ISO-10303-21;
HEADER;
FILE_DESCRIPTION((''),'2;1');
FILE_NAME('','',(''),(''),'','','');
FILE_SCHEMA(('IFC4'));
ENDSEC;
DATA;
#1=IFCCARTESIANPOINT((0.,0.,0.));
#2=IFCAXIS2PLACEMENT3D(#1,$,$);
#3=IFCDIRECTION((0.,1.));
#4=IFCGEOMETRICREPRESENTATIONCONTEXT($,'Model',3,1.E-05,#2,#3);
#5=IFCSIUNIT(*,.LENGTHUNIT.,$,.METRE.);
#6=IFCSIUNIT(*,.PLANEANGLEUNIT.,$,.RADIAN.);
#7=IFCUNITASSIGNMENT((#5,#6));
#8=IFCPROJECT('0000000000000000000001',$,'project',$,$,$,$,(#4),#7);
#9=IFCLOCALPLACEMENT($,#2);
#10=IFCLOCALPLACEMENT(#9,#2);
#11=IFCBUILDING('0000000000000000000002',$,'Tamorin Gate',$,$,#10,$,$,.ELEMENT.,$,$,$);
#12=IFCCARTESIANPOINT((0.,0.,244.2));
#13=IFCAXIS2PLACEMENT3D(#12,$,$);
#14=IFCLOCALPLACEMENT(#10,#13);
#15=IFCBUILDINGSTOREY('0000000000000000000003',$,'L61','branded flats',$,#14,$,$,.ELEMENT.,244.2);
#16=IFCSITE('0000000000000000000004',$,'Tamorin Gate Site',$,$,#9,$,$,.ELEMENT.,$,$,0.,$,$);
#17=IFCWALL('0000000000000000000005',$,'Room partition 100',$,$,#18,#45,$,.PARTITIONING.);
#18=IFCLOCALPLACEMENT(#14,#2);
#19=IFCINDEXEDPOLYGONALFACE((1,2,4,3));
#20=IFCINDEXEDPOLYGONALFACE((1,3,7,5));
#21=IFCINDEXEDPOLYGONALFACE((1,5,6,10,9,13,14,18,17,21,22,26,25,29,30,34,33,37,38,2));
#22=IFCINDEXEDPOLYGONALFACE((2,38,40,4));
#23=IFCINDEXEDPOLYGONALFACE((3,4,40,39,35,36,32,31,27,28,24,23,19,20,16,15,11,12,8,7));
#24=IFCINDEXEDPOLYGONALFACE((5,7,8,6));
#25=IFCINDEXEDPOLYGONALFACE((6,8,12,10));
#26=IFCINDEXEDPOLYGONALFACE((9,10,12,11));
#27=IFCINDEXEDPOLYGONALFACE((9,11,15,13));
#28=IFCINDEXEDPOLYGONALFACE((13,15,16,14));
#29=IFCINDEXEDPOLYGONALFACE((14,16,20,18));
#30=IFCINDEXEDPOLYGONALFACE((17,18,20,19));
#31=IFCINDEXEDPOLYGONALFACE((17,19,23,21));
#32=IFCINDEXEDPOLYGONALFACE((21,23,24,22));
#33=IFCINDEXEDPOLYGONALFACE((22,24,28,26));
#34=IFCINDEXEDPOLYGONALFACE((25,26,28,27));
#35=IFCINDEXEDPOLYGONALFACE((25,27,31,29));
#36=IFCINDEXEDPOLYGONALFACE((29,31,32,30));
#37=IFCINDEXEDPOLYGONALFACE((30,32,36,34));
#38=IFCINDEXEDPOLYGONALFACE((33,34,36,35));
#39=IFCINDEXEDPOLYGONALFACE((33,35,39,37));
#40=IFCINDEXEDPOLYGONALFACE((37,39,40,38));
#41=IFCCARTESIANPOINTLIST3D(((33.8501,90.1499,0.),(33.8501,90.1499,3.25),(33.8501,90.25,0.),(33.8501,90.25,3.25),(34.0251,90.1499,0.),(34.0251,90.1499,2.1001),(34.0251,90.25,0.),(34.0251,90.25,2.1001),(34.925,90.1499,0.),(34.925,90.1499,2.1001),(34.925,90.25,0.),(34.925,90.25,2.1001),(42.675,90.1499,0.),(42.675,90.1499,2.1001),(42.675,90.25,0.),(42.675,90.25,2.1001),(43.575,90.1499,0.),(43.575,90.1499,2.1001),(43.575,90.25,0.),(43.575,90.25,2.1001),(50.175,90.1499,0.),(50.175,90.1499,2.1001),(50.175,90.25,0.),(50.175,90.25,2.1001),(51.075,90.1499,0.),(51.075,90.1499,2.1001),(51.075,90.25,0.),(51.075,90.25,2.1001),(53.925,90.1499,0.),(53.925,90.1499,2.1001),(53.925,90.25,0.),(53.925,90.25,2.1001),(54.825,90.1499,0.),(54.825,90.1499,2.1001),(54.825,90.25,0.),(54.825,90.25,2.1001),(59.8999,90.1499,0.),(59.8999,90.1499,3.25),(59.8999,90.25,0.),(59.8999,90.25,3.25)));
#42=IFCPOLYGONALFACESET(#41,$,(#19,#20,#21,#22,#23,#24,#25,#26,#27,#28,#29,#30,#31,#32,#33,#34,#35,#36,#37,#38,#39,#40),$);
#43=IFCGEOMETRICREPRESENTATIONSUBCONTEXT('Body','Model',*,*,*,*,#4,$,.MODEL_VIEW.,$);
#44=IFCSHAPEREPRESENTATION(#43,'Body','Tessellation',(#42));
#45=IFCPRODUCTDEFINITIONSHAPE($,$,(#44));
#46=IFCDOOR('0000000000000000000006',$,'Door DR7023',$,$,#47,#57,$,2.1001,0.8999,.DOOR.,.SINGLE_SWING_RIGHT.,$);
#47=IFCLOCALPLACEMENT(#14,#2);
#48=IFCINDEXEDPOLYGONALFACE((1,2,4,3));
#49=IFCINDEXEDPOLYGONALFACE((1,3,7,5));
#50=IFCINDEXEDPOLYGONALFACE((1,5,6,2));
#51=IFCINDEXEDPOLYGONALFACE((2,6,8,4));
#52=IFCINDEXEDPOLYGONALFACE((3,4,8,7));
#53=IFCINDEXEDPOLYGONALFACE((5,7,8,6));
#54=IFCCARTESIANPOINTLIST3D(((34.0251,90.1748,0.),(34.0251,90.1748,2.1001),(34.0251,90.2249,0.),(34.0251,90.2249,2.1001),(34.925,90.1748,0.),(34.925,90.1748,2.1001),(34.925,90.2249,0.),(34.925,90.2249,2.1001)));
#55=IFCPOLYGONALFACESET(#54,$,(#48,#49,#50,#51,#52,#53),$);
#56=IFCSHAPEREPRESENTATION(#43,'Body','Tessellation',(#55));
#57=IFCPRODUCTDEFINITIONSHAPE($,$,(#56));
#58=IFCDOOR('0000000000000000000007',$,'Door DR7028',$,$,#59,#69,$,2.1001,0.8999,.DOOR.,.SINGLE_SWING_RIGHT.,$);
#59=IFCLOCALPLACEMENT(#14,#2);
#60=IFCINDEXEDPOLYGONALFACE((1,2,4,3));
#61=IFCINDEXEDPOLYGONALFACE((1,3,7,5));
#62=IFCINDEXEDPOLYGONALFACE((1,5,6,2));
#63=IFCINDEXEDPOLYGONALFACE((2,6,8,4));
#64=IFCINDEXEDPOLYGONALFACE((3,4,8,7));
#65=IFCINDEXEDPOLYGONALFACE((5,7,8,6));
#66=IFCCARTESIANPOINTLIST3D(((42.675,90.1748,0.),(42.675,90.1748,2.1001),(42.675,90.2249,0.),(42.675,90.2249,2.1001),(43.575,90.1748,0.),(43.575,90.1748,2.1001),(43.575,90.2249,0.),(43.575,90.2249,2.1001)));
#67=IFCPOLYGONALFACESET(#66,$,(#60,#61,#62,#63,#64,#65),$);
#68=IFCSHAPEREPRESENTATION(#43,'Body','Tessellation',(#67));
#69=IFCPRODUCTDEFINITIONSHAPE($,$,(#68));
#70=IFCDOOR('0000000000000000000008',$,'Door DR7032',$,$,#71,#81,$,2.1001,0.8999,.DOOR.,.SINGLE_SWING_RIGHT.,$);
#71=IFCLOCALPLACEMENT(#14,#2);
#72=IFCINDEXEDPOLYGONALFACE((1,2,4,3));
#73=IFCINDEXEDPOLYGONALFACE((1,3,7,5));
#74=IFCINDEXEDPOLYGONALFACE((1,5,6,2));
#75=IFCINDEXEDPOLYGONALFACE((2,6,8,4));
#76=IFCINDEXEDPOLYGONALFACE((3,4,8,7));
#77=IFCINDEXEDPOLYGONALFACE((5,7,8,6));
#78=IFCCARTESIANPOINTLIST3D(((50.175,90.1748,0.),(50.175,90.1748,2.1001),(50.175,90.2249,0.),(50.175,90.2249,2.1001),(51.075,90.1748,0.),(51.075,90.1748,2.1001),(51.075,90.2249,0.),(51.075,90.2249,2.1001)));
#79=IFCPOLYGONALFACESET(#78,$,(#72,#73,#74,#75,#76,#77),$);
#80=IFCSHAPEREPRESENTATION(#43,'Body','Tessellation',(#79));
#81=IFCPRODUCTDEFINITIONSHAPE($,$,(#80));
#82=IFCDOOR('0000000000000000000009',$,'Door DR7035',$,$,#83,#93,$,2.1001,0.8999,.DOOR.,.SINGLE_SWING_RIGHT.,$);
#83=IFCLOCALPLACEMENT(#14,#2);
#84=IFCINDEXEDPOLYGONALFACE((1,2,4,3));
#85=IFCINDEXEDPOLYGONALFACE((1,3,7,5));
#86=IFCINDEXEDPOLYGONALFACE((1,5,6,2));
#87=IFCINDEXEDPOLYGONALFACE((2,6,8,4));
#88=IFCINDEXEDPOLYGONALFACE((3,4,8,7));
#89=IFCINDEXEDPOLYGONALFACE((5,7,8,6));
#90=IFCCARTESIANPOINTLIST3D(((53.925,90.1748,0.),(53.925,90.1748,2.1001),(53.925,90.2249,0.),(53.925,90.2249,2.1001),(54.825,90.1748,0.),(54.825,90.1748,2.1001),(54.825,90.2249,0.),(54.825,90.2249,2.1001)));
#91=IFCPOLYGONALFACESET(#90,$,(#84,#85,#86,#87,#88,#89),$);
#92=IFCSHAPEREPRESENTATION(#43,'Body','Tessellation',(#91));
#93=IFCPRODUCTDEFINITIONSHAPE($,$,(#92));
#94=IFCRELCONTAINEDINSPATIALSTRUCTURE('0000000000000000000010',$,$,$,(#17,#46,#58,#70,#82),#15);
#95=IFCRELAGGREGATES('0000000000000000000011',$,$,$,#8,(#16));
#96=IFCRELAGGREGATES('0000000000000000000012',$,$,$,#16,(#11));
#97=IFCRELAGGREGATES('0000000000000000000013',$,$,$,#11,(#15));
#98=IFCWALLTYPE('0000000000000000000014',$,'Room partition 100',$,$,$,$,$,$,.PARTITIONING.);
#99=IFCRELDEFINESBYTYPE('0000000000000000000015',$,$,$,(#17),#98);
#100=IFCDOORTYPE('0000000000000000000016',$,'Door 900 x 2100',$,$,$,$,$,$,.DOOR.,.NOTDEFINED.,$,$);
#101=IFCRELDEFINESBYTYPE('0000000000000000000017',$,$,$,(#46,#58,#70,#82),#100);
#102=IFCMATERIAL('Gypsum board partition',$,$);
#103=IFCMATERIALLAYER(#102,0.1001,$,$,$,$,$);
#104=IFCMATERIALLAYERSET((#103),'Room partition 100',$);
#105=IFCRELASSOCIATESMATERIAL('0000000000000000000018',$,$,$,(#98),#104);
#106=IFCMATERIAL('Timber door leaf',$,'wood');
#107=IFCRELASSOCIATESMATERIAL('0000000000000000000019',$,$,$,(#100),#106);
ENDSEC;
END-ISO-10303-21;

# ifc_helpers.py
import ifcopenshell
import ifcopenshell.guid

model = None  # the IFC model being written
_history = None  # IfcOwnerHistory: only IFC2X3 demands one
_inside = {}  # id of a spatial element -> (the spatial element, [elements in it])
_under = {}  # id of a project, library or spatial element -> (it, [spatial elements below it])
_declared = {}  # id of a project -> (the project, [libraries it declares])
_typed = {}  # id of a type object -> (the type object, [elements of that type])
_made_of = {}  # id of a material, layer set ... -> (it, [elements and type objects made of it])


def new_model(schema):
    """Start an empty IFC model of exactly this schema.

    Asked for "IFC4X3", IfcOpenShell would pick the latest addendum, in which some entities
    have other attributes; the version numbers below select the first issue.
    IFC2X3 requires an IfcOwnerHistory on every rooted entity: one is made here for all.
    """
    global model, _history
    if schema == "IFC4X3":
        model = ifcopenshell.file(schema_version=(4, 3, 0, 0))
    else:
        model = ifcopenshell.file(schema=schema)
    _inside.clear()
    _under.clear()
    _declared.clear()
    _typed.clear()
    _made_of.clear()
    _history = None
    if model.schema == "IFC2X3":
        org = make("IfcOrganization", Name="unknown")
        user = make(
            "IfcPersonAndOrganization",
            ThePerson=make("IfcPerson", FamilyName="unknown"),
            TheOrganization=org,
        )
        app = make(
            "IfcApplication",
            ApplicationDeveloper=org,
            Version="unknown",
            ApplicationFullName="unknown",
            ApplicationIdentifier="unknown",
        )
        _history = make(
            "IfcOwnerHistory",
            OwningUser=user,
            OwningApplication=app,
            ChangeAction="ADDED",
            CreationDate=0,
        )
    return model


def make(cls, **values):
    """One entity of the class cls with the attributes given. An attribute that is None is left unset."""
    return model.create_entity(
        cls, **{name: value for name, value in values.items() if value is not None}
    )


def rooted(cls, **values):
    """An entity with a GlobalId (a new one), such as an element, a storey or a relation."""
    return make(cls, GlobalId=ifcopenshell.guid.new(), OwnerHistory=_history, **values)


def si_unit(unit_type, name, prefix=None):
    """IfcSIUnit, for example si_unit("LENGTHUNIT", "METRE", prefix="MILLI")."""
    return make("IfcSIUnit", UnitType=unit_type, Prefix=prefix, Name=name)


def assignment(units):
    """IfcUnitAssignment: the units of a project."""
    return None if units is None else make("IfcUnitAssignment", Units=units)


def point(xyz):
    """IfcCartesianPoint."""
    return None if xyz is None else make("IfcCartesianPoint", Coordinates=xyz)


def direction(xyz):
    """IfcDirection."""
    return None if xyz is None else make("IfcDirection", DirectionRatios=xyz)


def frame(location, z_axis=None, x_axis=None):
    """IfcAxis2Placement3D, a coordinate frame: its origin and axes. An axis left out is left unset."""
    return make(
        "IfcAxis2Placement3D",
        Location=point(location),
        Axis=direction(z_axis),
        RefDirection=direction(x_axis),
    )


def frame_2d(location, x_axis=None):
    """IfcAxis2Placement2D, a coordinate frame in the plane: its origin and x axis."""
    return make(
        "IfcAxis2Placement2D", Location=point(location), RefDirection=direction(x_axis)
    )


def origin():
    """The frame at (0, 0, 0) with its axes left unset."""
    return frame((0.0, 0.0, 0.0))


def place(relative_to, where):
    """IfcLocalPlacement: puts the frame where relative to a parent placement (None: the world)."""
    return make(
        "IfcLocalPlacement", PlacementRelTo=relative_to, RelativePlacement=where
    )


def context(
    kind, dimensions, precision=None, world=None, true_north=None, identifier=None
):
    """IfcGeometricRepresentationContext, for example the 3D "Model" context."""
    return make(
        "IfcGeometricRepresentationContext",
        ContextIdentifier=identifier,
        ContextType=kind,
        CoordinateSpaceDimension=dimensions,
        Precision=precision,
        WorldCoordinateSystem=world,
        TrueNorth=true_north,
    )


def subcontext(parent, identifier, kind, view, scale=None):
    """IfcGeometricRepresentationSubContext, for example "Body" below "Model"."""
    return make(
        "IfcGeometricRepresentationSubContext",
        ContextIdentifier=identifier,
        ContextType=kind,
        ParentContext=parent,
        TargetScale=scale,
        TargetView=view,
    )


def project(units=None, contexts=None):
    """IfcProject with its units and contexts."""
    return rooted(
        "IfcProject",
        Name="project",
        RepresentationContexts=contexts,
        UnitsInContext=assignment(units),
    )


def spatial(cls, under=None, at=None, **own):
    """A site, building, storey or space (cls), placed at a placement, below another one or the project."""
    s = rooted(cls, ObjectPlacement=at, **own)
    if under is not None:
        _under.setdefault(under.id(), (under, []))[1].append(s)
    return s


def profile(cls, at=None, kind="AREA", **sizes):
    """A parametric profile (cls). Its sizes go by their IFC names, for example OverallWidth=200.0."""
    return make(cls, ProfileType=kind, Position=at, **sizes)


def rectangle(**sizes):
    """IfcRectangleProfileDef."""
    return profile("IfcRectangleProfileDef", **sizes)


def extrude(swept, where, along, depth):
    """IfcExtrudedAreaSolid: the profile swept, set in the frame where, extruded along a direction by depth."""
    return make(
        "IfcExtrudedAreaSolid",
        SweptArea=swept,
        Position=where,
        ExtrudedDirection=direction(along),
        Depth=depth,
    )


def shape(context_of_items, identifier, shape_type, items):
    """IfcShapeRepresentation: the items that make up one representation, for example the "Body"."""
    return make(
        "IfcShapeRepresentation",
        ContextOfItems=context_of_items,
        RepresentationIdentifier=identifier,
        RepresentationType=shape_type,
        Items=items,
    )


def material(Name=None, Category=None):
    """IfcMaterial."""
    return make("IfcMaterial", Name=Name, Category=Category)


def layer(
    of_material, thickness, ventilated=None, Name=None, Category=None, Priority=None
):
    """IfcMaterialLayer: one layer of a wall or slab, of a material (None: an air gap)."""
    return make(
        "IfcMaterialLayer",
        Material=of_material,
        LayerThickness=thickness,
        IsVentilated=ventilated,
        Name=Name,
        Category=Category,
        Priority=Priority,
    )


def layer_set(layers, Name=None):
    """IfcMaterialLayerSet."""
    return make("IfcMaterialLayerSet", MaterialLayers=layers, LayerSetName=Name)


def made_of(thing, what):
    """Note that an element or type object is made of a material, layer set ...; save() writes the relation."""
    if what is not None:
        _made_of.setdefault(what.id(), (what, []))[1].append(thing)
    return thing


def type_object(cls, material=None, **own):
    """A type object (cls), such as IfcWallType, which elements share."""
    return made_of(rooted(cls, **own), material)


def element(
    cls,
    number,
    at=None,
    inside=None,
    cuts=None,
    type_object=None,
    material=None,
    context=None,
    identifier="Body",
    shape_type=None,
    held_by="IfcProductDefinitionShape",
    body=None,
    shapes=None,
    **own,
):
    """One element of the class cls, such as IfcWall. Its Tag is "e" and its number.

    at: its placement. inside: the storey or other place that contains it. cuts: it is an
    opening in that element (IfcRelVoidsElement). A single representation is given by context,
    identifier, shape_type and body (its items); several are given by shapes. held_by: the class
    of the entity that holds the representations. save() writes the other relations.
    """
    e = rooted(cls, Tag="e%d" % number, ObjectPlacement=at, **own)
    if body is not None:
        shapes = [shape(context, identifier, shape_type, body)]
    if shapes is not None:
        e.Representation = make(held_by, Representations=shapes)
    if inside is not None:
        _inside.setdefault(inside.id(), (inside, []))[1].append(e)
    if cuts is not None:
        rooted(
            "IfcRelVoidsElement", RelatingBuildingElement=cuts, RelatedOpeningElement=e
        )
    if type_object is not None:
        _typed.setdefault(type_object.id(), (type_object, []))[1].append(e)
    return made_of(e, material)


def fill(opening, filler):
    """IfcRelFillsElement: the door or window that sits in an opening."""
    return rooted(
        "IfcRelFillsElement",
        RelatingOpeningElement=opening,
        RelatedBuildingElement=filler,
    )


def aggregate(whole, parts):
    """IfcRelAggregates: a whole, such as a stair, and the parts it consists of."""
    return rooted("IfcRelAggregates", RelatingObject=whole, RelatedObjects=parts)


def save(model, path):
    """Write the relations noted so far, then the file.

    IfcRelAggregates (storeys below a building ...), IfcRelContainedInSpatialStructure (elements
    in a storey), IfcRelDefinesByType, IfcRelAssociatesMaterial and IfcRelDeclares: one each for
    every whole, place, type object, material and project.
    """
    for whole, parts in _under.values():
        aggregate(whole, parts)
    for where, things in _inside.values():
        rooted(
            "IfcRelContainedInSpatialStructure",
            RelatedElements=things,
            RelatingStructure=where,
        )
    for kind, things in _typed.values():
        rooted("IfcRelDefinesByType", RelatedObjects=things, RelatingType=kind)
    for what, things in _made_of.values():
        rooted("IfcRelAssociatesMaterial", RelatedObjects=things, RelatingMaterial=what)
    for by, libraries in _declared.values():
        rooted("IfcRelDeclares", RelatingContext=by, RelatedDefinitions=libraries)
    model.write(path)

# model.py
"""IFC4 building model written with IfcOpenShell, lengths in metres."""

from ifc_helpers import new_model, si_unit, direction, frame, frame_2d, origin, place, context, subcontext, project, spatial, rectangle, extrude, material, layer, layer_set, type_object, element, fill, save


model = new_model("IFC4")

# Units and contexts
model_context = context("Model", 3, precision=1e-05, world=origin(), true_north=direction((0.0, 1.0)))
body_context = subcontext(model_context, "Body", "Model", "MODEL_VIEW")
ifc_project = project(units=[si_unit("LENGTHUNIT", "METRE"), si_unit("PLANEANGLEUNIT", "RADIAN")], contexts=[model_context])

# Site, building, storey
site_placement = place(None, origin())
site = spatial("IfcSite", under=ifc_project, at=site_placement, Name="Tamorin Gate Site", CompositionType="ELEMENT", RefElevation=0.0)
building_placement = place(site_placement, origin())
building = spatial("IfcBuilding", under=site, at=building_placement, Name="Tamorin Gate", CompositionType="ELEMENT")
storey_placement = place(building_placement, frame((0.0, 0.0, 244.2)))
storey = spatial("IfcBuildingStorey", under=building, at=storey_placement, Name="L61", Description="branded flats", CompositionType="ELEMENT", Elevation=244.2)

# Wall, openings, doors
ifc_material_1 = material(Name="Gypsum board partition")
ifc_layer_1 = layer(ifc_material_1, 0.1001)
ifc_layer_set_1 = layer_set([ifc_layer_1], Name="Room partition 100")
wall_type_1 = type_object("IfcWallType", Name="Room partition 100", PredefinedType="PARTITIONING", material=ifc_layer_set_1)
wall_1_placement = place(storey_placement, frame((33.8501, 90.2, 0.0), z_axis=(0.0, 0.0, 1.0), x_axis=(1.0, 0.0, 0.0)))
wall_1 = element("IfcWall", 1, at=wall_1_placement, inside=storey, type_object=wall_type_1, Name="Room partition 100", PredefinedType="PARTITIONING", context=body_context, shape_type="SweptSolid", body=[
    extrude(rectangle(XDim=26.0498, YDim=0.1001, at=frame_2d((13.0249, 0.0))), origin(), (0.0, 0.0, 1.0), 3.25),
])
opening_1_placement = place(wall_1_placement, frame((0.175, 0.0, 0.0)))
opening_1 = element("IfcOpeningElement", 2, at=opening_1_placement, cuts=wall_1, PredefinedType="OPENING", context=body_context, shape_type="SweptSolid", body=[
    extrude(rectangle(XDim=0.8999, YDim=2.1001, at=frame_2d((0.45, 1.05))), frame((0.0, 0.0601, 0.0), z_axis=(0.0, -1.0, 0.0), x_axis=(1.0, 0.0, 0.0)), (0.0, 0.0, 1.0), 0.1201),
])
opening_2_placement = place(wall_1_placement, frame((8.825, 0.0, 0.0)))
opening_2 = element("IfcOpeningElement", 3, at=opening_2_placement, cuts=wall_1, PredefinedType="OPENING", context=body_context, shape_type="SweptSolid", body=[
    extrude(rectangle(XDim=0.8999, YDim=2.1001, at=frame_2d((0.45, 1.05))), frame((0.0, 0.0601, 0.0), z_axis=(0.0, -1.0, 0.0), x_axis=(1.0, 0.0, 0.0)), (0.0, 0.0, 1.0), 0.1201),
])
opening_3_placement = place(wall_1_placement, frame((16.325, 0.0, 0.0)))
opening_3 = element("IfcOpeningElement", 4, at=opening_3_placement, cuts=wall_1, PredefinedType="OPENING", context=body_context, shape_type="SweptSolid", body=[
    extrude(rectangle(XDim=0.8999, YDim=2.1001, at=frame_2d((0.45, 1.05))), frame((0.0, 0.0601, 0.0), z_axis=(0.0, -1.0, 0.0), x_axis=(1.0, 0.0, 0.0)), (0.0, 0.0, 1.0), 0.1201),
])
opening_4_placement = place(wall_1_placement, frame((20.075, 0.0, 0.0)))
opening_4 = element("IfcOpeningElement", 5, at=opening_4_placement, cuts=wall_1, PredefinedType="OPENING", context=body_context, shape_type="SweptSolid", body=[
    extrude(rectangle(XDim=0.8999, YDim=2.1001, at=frame_2d((0.45, 1.05))), frame((0.0, 0.0601, 0.0), z_axis=(0.0, -1.0, 0.0), x_axis=(1.0, 0.0, 0.0)), (0.0, 0.0, 1.0), 0.1201),
])
ifc_material_2 = material(Name="Timber door leaf", Category="wood")
door_type = type_object("IfcDoorType", Name="Door 900 x 2100", OperationType="NOTDEFINED", PredefinedType="DOOR", material=ifc_material_2)
door_1_placement = place(opening_1_placement, origin())
door_1 = element("IfcDoor", 6, at=door_1_placement, inside=storey, type_object=door_type, Name="Door DR7023", OperationType="SINGLE_SWING_RIGHT", OverallHeight=2.1001, OverallWidth=0.8999, PredefinedType="DOOR", context=body_context, shape_type="SweptSolid", body=[
    extrude(rectangle(XDim=0.8999, YDim=2.1001, at=frame_2d((0.45, 1.05))), frame((0.0, 0.0249, 0.0), z_axis=(0.0, -1.0, 0.0), x_axis=(1.0, 0.0, 0.0)), (0.0, 0.0, 1.0), 0.05),
])
fill(opening_1, door_1)
door_2_placement = place(opening_2_placement, origin())
door_2 = element("IfcDoor", 7, at=door_2_placement, inside=storey, type_object=door_type, Name="Door DR7028", OperationType="SINGLE_SWING_RIGHT", OverallHeight=2.1001, OverallWidth=0.8999, PredefinedType="DOOR", context=body_context, shape_type="SweptSolid", body=[
    extrude(rectangle(XDim=0.8999, YDim=2.1001, at=frame_2d((0.45, 1.05))), frame((0.0, 0.0249, 0.0), z_axis=(0.0, -1.0, 0.0), x_axis=(1.0, 0.0, 0.0)), (0.0, 0.0, 1.0), 0.05),
])
fill(opening_2, door_2)
door_3_placement = place(opening_3_placement, origin())
door_3 = element("IfcDoor", 8, at=door_3_placement, inside=storey, type_object=door_type, Name="Door DR7032", OperationType="SINGLE_SWING_RIGHT", OverallHeight=2.1001, OverallWidth=0.8999, PredefinedType="DOOR", context=body_context, shape_type="SweptSolid", body=[
    extrude(rectangle(XDim=0.8999, YDim=2.1001, at=frame_2d((0.45, 1.05))), frame((0.0, 0.0249, 0.0), z_axis=(0.0, -1.0, 0.0), x_axis=(1.0, 0.0, 0.0)), (0.0, 0.0, 1.0), 0.05),
])
fill(opening_3, door_3)
door_4_placement = place(opening_4_placement, origin())
door_4 = element("IfcDoor", 9, at=door_4_placement, inside=storey, type_object=door_type, Name="Door DR7035", OperationType="SINGLE_SWING_RIGHT", OverallHeight=2.1001, OverallWidth=0.8999, PredefinedType="DOOR", context=body_context, shape_type="SweptSolid", body=[
    extrude(rectangle(XDim=0.8999, YDim=2.1001, at=frame_2d((0.45, 1.05))), frame((0.0, 0.0249, 0.0), z_axis=(0.0, -1.0, 0.0), x_axis=(1.0, 0.0, 0.0)), (0.0, 0.0, 1.0), 0.05),
])
fill(opening_4, door_4)

save(model, "model.ifc")
